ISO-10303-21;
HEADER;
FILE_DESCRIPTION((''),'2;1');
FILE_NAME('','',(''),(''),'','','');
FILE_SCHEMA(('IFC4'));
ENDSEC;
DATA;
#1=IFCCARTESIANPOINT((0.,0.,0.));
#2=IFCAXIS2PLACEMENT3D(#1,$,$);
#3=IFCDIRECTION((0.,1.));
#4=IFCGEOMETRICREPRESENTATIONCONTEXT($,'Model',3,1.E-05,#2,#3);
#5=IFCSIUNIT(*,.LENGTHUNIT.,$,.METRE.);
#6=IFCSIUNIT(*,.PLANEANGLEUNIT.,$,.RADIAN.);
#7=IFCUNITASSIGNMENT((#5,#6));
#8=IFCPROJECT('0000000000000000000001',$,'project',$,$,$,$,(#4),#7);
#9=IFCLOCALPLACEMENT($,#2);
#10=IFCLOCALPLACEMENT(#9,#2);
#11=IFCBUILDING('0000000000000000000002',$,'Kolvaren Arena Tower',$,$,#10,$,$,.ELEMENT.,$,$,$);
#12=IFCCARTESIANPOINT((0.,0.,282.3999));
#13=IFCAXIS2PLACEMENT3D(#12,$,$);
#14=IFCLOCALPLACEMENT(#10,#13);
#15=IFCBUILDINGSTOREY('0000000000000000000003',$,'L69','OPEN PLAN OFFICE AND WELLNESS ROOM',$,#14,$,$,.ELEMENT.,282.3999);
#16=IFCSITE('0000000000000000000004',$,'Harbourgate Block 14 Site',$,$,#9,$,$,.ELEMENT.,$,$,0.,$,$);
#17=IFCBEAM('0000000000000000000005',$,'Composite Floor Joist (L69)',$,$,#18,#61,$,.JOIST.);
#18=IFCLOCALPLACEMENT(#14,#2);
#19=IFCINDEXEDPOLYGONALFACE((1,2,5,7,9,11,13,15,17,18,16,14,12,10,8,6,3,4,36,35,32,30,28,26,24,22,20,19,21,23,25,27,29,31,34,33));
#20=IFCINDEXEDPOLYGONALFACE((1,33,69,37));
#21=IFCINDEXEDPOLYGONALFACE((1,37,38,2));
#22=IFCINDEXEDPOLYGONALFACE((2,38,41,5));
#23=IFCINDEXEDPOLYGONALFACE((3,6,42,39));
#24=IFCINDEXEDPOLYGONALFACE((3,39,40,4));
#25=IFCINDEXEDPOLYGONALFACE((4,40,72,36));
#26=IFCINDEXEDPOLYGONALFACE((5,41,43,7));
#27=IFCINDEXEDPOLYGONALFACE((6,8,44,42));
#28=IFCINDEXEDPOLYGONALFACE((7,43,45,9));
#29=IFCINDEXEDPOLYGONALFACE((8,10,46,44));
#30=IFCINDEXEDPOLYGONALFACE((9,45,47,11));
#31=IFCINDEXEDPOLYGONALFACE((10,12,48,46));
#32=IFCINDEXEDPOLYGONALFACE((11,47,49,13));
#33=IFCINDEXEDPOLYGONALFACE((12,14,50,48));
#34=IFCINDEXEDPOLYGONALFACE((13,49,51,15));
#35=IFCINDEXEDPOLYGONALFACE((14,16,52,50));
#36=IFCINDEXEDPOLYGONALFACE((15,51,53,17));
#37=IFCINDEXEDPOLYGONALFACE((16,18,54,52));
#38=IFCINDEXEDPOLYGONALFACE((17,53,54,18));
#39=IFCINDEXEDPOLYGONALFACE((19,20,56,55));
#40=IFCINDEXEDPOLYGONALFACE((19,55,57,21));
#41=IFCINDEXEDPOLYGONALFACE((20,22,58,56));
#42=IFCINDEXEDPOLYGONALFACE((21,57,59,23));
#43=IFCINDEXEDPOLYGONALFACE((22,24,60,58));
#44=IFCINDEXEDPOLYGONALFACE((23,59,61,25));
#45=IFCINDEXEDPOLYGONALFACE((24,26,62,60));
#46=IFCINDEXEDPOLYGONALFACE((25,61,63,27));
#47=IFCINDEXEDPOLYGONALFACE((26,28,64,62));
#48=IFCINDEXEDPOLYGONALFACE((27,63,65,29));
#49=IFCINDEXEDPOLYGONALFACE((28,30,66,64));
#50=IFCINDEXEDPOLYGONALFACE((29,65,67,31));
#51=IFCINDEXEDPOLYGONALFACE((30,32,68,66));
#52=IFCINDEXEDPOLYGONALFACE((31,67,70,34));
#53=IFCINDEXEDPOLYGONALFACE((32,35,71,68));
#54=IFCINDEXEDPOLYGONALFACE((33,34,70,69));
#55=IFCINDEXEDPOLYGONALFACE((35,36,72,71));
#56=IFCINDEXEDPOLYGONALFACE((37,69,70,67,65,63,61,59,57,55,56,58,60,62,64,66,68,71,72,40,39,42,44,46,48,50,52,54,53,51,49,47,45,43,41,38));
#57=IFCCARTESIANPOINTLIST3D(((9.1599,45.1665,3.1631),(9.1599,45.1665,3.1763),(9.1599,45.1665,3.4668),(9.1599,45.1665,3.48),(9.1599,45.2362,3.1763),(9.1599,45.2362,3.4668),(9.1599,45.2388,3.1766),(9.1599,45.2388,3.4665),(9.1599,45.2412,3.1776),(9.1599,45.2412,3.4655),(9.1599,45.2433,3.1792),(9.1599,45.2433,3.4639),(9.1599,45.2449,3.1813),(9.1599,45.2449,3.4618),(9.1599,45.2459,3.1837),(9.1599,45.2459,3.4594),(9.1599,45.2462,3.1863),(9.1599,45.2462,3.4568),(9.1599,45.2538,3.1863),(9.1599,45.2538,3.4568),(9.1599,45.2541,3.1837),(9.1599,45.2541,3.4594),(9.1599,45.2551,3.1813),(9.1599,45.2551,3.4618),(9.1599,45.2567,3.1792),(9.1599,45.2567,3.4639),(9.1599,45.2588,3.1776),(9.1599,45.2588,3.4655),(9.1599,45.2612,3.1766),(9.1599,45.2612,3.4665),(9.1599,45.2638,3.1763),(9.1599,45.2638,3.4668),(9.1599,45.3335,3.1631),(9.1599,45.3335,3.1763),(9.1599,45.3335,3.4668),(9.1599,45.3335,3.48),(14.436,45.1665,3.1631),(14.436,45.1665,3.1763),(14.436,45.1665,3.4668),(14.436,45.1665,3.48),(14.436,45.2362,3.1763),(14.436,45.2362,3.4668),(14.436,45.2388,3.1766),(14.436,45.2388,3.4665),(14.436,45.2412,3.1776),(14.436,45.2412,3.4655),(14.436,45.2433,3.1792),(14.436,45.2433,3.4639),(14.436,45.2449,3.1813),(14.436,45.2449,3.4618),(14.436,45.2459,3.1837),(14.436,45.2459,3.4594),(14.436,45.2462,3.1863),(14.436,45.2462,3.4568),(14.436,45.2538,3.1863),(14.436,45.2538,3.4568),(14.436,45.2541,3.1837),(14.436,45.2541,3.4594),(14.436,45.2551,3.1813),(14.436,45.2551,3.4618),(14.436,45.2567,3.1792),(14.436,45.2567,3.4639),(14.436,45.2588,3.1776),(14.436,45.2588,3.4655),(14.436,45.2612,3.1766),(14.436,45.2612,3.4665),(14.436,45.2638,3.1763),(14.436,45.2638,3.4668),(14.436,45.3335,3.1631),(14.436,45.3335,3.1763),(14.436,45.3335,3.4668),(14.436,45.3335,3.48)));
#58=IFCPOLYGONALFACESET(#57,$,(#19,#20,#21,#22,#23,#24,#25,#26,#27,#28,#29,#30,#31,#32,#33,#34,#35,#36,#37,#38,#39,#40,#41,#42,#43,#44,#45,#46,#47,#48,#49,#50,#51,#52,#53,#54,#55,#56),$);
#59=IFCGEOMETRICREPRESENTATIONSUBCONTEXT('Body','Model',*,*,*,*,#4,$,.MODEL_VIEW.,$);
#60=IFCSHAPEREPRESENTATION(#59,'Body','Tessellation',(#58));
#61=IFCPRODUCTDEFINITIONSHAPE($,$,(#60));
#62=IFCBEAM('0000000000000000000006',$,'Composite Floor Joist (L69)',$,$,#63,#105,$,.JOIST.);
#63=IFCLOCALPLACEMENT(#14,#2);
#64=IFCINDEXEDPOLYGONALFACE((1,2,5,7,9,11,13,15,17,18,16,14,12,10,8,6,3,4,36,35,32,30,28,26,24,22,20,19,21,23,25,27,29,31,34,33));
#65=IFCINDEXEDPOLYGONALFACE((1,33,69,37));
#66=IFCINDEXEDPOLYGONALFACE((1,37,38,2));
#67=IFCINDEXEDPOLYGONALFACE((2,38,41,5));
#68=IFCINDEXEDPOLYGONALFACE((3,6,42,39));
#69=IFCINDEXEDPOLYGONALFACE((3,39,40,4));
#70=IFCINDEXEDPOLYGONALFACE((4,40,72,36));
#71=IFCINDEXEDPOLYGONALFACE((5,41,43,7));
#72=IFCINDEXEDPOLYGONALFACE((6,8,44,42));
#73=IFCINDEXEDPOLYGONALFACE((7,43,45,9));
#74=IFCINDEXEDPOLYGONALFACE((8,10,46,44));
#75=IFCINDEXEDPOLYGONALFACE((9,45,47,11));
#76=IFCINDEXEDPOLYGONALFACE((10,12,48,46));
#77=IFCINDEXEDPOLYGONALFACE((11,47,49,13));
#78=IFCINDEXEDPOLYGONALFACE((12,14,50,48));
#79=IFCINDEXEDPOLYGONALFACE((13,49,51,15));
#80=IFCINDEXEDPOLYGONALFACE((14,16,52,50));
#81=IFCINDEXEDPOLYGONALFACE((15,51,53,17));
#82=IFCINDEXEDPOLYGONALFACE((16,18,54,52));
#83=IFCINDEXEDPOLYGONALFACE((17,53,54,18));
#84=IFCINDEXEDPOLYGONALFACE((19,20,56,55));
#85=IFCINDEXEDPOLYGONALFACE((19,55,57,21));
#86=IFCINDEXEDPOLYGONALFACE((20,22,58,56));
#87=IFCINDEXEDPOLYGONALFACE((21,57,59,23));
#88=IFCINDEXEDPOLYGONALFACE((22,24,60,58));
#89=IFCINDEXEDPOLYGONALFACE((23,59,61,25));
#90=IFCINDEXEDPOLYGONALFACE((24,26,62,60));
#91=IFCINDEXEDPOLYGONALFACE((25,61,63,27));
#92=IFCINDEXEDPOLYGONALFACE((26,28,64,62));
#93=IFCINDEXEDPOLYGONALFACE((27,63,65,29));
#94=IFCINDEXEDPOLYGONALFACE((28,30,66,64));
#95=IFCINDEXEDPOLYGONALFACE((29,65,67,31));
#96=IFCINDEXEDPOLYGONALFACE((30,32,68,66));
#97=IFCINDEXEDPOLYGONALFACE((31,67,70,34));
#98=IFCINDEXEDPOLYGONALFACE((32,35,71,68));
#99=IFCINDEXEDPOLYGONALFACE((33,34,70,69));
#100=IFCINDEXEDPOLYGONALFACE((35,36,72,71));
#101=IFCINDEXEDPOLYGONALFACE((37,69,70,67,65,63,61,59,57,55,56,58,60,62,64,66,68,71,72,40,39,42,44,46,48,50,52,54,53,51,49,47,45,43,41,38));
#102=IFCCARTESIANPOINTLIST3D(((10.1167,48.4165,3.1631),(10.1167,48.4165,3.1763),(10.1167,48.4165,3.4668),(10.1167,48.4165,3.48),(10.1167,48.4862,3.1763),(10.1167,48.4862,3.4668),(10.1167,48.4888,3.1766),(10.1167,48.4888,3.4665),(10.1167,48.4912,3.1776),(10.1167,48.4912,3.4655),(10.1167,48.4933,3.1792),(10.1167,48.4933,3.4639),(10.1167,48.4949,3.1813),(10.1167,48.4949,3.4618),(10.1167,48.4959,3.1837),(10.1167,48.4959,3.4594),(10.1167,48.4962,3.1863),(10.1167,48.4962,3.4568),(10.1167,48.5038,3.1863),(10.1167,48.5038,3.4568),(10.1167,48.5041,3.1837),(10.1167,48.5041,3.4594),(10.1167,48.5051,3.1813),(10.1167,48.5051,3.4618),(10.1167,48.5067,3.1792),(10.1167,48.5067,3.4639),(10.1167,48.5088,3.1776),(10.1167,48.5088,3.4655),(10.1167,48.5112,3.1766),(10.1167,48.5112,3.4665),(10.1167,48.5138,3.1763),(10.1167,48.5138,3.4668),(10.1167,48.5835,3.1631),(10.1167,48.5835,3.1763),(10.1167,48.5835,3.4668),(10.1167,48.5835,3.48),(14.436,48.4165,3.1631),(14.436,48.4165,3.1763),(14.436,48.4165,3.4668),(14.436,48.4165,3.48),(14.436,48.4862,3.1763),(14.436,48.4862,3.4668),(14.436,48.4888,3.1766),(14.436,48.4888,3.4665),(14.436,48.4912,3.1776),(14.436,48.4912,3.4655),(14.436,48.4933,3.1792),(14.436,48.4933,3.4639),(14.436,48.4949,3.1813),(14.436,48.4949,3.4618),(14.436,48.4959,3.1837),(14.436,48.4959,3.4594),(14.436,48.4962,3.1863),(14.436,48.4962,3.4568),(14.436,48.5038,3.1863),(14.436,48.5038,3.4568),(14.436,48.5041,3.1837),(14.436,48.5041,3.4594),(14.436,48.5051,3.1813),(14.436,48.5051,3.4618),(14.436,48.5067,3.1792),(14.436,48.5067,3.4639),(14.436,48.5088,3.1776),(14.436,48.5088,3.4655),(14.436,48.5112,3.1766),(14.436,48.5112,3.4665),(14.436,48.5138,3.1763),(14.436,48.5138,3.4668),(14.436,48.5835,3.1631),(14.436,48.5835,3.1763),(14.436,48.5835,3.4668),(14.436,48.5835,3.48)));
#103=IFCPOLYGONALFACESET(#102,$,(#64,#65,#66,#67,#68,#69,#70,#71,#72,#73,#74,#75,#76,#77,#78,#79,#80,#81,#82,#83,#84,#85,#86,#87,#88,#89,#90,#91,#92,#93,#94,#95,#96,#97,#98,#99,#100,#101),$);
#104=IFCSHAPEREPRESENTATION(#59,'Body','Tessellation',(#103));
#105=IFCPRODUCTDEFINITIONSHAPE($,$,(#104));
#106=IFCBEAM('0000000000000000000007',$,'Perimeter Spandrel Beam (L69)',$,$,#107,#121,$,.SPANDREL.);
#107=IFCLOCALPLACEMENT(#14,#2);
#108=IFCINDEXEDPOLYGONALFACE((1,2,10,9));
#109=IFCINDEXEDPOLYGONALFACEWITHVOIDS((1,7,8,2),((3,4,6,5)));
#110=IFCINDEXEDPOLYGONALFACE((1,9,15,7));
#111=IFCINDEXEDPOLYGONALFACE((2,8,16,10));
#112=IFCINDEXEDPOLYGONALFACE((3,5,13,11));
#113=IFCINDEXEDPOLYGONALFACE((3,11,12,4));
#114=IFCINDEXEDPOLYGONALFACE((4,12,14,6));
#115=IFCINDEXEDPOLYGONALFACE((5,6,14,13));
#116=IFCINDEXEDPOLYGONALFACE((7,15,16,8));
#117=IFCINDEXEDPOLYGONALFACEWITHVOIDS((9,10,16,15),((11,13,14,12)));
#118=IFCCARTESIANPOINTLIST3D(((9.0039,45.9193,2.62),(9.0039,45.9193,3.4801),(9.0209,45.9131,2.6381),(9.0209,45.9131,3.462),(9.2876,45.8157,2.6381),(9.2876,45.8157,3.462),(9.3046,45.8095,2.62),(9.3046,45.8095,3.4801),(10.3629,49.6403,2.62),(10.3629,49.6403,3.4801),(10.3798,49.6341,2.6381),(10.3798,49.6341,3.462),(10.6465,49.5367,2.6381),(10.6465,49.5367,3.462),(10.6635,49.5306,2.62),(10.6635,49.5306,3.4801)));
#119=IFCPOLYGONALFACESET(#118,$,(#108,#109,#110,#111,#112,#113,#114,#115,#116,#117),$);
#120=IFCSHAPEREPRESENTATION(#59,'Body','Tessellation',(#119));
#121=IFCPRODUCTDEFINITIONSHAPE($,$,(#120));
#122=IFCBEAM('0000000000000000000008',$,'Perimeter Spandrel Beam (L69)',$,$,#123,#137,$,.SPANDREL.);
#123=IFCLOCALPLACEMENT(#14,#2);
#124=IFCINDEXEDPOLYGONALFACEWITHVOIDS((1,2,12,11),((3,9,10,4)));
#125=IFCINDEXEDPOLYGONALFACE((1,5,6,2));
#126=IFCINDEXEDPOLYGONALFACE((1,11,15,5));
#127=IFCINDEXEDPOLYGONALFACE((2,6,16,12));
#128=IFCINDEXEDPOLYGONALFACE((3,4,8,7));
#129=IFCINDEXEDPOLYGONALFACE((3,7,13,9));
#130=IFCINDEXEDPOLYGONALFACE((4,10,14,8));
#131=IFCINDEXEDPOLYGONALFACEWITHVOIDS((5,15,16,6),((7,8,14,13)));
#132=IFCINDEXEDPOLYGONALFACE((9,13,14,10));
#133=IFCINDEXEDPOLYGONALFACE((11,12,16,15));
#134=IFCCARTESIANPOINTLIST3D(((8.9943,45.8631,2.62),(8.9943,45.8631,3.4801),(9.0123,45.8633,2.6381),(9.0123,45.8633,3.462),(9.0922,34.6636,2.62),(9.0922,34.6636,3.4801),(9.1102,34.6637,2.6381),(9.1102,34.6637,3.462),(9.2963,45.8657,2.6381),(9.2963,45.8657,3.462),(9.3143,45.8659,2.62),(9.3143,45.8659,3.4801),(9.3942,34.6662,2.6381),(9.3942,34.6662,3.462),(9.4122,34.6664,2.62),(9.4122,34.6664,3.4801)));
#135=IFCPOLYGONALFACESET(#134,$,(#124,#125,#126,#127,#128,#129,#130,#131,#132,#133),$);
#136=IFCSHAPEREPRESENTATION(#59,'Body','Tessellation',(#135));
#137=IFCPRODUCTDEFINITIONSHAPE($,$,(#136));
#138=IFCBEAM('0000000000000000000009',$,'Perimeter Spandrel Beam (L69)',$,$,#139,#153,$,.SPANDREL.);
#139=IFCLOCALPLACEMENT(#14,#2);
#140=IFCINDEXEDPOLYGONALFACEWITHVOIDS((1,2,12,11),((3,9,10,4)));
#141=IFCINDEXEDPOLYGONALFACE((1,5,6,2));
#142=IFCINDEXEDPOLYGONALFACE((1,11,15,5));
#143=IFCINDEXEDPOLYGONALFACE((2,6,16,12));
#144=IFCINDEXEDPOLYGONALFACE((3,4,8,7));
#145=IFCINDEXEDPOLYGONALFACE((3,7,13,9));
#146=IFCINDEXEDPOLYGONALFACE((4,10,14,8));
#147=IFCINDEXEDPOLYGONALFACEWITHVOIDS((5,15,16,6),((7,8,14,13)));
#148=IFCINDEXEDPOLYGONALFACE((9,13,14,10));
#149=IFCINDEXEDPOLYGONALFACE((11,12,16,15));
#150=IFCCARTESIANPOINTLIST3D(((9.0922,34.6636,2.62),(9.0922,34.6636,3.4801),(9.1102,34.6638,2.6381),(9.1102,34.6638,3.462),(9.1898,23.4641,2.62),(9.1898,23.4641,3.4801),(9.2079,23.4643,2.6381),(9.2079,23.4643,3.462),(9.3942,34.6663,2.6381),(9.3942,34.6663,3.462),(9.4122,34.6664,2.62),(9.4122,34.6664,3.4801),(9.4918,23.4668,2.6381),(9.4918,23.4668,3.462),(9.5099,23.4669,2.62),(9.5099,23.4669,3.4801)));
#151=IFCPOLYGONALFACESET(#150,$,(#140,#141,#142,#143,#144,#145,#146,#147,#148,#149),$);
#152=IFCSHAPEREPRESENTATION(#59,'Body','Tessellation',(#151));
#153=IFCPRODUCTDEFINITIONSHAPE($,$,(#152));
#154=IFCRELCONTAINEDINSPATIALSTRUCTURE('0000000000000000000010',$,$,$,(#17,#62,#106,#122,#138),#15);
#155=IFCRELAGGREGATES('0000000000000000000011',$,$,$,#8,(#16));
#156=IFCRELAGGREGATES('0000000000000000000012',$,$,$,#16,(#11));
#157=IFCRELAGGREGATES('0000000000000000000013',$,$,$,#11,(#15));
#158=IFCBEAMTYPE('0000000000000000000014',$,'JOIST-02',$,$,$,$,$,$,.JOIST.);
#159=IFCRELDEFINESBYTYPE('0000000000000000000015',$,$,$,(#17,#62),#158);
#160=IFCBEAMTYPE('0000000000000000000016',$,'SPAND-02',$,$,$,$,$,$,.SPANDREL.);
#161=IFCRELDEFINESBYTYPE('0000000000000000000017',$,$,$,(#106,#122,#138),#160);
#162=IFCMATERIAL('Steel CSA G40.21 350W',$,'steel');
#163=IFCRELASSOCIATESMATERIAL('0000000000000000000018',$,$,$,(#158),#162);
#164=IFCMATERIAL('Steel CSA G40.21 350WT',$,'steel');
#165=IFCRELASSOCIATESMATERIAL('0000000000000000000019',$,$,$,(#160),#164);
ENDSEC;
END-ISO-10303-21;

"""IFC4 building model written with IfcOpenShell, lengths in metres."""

from ifc_helpers import new_model, si_unit, direction, frame, origin, origin_2d, place, context, subcontext, project, spatial, hollow_rectangle, i_section, extrude, material, material_profile, profile_set, type_object, element, save


model = new_model("IFC4")

# Units and contexts
model_context = context("Model", 3, precision=1e-05, world=origin(), true_north=direction((0.0, 1.0)))
body_context = subcontext(model_context, "Body", "Model", "MODEL_VIEW")
ifc_project = project(units=[si_unit("LENGTHUNIT", "METRE"), si_unit("PLANEANGLEUNIT", "RADIAN")], contexts=[model_context])

# Site, building, storey
site_placement = place(None, origin())
site = spatial("IfcSite", under=ifc_project, at=site_placement, Name="Harbourgate Block 14 Site", CompositionType="ELEMENT", RefElevation=0.0)
building_placement = place(site_placement, origin())
building = spatial("IfcBuilding", under=site, at=building_placement, Name="Kolvaren Arena Tower", CompositionType="ELEMENT")
storey_placement = place(building_placement, frame((0.0, 0.0, 282.3999)))
storey = spatial("IfcBuildingStorey", under=building, at=storey_placement, Name="L69", Description="OPEN PLAN OFFICE AND WELLNESS ROOM", CompositionType="ELEMENT", Elevation=282.3999)

# Beams
ifc_material_1 = material(Name="Steel CSA G40.21 350W", Category="steel")
ifc_material_profile_1 = material_profile(ifc_material_1, i_section(OverallWidth=0.167, OverallDepth=0.3169, WebThickness=0.0076, FlangeThickness=0.0132, FilletRadius=0.01, at=origin_2d()), Name="W310x52")
ifc_profile_set_1 = profile_set([ifc_material_profile_1], Name="Steel CSA G40.21 350W")
beam_type_1 = type_object("IfcBeamType", Name="JOIST-02", PredefinedType="JOIST", material=ifc_profile_set_1)
beam_1_placement = place(storey_placement, frame((9.1599, 45.25, 3.3215), z_axis=(1.0, 0.0, 0.0), x_axis=(0.0, 1.0, 0.0)))
element("IfcBeam", 1, at=beam_1_placement, inside=storey, type_object=beam_type_1, Name="Composite Floor Joist (L69)", PredefinedType="JOIST", context=body_context, shape_type="SweptSolid", body=[
    extrude(i_section(OverallWidth=0.167, OverallDepth=0.3169, WebThickness=0.0076, FlangeThickness=0.0132, FilletRadius=0.01, at=origin_2d()), origin(), (0.0, 0.0, 1.0), 5.2761),
])
beam_2_placement = place(storey_placement, frame((10.1167, 48.5, 3.3215), z_axis=(1.0, 0.0, 0.0), x_axis=(0.0, 1.0, 0.0)))
element("IfcBeam", 2, at=beam_2_placement, inside=storey, type_object=beam_type_1, Name="Composite Floor Joist (L69)", PredefinedType="JOIST", context=body_context, shape_type="SweptSolid", body=[
    extrude(i_section(OverallWidth=0.167, OverallDepth=0.3169, WebThickness=0.0076, FlangeThickness=0.0132, FilletRadius=0.01, at=origin_2d()), origin(), (0.0, 0.0, 1.0), 4.3193),
])
ifc_material_2 = material(Name="Steel CSA G40.21 350WT", Category="steel")
ifc_material_profile_2 = material_profile(ifc_material_2, hollow_rectangle(XDim=0.3201, YDim=0.8601, WallThickness=0.0181, at=origin_2d()), Name="HSS 860x320x18")
ifc_profile_set_2 = profile_set([ifc_material_profile_2], Name="Steel CSA G40.21 350WT")
beam_type_2 = type_object("IfcBeamType", Name="SPAND-02", PredefinedType="SPANDREL", material=ifc_profile_set_2)
beam_3_placement = place(storey_placement, frame((10.5132, 49.5854, 3.05), z_axis=(-0.343039, -0.939321, 0.0), x_axis=(0.939321, -0.343039, 0.0)))
element("IfcBeam", 3, at=beam_3_placement, inside=storey, type_object=beam_type_2, Name="Perimeter Spandrel Beam (L69)", PredefinedType="SPANDREL", context=body_context, shape_type="SweptSolid", body=[
    extrude(hollow_rectangle(XDim=0.3201, YDim=0.8601, WallThickness=0.0181, at=origin_2d()), origin(), (0.0, 0.0, 1.0), 3.9614),
])
for number, where, z_axis, x_axis, name in (
    (4, (9.1543, 45.8645, 3.05), (0.008741, -0.999962, 0.0), (0.999962, 0.008741, 0.0), "Perimeter Spandrel Beam (L69)"),
    (5, (9.2522, 34.665, 3.05), (0.008719, -0.999962, 0.0), (0.999962, 0.008719, 0.0), "Perimeter Spandrel Beam (L69)"),
):
    element("IfcBeam", number, at=place(storey_placement, frame(where, z_axis=z_axis, x_axis=x_axis)), inside=storey, type_object=beam_type_2, Name=name, PredefinedType="SPANDREL", context=body_context, shape_type="SweptSolid", body=[
        extrude(hollow_rectangle(XDim=0.3201, YDim=0.8601, WallThickness=0.0181, at=origin_2d()), origin(), (0.0, 0.0, 1.0), 11.2),
    ])

save(model, "model.ifc")
